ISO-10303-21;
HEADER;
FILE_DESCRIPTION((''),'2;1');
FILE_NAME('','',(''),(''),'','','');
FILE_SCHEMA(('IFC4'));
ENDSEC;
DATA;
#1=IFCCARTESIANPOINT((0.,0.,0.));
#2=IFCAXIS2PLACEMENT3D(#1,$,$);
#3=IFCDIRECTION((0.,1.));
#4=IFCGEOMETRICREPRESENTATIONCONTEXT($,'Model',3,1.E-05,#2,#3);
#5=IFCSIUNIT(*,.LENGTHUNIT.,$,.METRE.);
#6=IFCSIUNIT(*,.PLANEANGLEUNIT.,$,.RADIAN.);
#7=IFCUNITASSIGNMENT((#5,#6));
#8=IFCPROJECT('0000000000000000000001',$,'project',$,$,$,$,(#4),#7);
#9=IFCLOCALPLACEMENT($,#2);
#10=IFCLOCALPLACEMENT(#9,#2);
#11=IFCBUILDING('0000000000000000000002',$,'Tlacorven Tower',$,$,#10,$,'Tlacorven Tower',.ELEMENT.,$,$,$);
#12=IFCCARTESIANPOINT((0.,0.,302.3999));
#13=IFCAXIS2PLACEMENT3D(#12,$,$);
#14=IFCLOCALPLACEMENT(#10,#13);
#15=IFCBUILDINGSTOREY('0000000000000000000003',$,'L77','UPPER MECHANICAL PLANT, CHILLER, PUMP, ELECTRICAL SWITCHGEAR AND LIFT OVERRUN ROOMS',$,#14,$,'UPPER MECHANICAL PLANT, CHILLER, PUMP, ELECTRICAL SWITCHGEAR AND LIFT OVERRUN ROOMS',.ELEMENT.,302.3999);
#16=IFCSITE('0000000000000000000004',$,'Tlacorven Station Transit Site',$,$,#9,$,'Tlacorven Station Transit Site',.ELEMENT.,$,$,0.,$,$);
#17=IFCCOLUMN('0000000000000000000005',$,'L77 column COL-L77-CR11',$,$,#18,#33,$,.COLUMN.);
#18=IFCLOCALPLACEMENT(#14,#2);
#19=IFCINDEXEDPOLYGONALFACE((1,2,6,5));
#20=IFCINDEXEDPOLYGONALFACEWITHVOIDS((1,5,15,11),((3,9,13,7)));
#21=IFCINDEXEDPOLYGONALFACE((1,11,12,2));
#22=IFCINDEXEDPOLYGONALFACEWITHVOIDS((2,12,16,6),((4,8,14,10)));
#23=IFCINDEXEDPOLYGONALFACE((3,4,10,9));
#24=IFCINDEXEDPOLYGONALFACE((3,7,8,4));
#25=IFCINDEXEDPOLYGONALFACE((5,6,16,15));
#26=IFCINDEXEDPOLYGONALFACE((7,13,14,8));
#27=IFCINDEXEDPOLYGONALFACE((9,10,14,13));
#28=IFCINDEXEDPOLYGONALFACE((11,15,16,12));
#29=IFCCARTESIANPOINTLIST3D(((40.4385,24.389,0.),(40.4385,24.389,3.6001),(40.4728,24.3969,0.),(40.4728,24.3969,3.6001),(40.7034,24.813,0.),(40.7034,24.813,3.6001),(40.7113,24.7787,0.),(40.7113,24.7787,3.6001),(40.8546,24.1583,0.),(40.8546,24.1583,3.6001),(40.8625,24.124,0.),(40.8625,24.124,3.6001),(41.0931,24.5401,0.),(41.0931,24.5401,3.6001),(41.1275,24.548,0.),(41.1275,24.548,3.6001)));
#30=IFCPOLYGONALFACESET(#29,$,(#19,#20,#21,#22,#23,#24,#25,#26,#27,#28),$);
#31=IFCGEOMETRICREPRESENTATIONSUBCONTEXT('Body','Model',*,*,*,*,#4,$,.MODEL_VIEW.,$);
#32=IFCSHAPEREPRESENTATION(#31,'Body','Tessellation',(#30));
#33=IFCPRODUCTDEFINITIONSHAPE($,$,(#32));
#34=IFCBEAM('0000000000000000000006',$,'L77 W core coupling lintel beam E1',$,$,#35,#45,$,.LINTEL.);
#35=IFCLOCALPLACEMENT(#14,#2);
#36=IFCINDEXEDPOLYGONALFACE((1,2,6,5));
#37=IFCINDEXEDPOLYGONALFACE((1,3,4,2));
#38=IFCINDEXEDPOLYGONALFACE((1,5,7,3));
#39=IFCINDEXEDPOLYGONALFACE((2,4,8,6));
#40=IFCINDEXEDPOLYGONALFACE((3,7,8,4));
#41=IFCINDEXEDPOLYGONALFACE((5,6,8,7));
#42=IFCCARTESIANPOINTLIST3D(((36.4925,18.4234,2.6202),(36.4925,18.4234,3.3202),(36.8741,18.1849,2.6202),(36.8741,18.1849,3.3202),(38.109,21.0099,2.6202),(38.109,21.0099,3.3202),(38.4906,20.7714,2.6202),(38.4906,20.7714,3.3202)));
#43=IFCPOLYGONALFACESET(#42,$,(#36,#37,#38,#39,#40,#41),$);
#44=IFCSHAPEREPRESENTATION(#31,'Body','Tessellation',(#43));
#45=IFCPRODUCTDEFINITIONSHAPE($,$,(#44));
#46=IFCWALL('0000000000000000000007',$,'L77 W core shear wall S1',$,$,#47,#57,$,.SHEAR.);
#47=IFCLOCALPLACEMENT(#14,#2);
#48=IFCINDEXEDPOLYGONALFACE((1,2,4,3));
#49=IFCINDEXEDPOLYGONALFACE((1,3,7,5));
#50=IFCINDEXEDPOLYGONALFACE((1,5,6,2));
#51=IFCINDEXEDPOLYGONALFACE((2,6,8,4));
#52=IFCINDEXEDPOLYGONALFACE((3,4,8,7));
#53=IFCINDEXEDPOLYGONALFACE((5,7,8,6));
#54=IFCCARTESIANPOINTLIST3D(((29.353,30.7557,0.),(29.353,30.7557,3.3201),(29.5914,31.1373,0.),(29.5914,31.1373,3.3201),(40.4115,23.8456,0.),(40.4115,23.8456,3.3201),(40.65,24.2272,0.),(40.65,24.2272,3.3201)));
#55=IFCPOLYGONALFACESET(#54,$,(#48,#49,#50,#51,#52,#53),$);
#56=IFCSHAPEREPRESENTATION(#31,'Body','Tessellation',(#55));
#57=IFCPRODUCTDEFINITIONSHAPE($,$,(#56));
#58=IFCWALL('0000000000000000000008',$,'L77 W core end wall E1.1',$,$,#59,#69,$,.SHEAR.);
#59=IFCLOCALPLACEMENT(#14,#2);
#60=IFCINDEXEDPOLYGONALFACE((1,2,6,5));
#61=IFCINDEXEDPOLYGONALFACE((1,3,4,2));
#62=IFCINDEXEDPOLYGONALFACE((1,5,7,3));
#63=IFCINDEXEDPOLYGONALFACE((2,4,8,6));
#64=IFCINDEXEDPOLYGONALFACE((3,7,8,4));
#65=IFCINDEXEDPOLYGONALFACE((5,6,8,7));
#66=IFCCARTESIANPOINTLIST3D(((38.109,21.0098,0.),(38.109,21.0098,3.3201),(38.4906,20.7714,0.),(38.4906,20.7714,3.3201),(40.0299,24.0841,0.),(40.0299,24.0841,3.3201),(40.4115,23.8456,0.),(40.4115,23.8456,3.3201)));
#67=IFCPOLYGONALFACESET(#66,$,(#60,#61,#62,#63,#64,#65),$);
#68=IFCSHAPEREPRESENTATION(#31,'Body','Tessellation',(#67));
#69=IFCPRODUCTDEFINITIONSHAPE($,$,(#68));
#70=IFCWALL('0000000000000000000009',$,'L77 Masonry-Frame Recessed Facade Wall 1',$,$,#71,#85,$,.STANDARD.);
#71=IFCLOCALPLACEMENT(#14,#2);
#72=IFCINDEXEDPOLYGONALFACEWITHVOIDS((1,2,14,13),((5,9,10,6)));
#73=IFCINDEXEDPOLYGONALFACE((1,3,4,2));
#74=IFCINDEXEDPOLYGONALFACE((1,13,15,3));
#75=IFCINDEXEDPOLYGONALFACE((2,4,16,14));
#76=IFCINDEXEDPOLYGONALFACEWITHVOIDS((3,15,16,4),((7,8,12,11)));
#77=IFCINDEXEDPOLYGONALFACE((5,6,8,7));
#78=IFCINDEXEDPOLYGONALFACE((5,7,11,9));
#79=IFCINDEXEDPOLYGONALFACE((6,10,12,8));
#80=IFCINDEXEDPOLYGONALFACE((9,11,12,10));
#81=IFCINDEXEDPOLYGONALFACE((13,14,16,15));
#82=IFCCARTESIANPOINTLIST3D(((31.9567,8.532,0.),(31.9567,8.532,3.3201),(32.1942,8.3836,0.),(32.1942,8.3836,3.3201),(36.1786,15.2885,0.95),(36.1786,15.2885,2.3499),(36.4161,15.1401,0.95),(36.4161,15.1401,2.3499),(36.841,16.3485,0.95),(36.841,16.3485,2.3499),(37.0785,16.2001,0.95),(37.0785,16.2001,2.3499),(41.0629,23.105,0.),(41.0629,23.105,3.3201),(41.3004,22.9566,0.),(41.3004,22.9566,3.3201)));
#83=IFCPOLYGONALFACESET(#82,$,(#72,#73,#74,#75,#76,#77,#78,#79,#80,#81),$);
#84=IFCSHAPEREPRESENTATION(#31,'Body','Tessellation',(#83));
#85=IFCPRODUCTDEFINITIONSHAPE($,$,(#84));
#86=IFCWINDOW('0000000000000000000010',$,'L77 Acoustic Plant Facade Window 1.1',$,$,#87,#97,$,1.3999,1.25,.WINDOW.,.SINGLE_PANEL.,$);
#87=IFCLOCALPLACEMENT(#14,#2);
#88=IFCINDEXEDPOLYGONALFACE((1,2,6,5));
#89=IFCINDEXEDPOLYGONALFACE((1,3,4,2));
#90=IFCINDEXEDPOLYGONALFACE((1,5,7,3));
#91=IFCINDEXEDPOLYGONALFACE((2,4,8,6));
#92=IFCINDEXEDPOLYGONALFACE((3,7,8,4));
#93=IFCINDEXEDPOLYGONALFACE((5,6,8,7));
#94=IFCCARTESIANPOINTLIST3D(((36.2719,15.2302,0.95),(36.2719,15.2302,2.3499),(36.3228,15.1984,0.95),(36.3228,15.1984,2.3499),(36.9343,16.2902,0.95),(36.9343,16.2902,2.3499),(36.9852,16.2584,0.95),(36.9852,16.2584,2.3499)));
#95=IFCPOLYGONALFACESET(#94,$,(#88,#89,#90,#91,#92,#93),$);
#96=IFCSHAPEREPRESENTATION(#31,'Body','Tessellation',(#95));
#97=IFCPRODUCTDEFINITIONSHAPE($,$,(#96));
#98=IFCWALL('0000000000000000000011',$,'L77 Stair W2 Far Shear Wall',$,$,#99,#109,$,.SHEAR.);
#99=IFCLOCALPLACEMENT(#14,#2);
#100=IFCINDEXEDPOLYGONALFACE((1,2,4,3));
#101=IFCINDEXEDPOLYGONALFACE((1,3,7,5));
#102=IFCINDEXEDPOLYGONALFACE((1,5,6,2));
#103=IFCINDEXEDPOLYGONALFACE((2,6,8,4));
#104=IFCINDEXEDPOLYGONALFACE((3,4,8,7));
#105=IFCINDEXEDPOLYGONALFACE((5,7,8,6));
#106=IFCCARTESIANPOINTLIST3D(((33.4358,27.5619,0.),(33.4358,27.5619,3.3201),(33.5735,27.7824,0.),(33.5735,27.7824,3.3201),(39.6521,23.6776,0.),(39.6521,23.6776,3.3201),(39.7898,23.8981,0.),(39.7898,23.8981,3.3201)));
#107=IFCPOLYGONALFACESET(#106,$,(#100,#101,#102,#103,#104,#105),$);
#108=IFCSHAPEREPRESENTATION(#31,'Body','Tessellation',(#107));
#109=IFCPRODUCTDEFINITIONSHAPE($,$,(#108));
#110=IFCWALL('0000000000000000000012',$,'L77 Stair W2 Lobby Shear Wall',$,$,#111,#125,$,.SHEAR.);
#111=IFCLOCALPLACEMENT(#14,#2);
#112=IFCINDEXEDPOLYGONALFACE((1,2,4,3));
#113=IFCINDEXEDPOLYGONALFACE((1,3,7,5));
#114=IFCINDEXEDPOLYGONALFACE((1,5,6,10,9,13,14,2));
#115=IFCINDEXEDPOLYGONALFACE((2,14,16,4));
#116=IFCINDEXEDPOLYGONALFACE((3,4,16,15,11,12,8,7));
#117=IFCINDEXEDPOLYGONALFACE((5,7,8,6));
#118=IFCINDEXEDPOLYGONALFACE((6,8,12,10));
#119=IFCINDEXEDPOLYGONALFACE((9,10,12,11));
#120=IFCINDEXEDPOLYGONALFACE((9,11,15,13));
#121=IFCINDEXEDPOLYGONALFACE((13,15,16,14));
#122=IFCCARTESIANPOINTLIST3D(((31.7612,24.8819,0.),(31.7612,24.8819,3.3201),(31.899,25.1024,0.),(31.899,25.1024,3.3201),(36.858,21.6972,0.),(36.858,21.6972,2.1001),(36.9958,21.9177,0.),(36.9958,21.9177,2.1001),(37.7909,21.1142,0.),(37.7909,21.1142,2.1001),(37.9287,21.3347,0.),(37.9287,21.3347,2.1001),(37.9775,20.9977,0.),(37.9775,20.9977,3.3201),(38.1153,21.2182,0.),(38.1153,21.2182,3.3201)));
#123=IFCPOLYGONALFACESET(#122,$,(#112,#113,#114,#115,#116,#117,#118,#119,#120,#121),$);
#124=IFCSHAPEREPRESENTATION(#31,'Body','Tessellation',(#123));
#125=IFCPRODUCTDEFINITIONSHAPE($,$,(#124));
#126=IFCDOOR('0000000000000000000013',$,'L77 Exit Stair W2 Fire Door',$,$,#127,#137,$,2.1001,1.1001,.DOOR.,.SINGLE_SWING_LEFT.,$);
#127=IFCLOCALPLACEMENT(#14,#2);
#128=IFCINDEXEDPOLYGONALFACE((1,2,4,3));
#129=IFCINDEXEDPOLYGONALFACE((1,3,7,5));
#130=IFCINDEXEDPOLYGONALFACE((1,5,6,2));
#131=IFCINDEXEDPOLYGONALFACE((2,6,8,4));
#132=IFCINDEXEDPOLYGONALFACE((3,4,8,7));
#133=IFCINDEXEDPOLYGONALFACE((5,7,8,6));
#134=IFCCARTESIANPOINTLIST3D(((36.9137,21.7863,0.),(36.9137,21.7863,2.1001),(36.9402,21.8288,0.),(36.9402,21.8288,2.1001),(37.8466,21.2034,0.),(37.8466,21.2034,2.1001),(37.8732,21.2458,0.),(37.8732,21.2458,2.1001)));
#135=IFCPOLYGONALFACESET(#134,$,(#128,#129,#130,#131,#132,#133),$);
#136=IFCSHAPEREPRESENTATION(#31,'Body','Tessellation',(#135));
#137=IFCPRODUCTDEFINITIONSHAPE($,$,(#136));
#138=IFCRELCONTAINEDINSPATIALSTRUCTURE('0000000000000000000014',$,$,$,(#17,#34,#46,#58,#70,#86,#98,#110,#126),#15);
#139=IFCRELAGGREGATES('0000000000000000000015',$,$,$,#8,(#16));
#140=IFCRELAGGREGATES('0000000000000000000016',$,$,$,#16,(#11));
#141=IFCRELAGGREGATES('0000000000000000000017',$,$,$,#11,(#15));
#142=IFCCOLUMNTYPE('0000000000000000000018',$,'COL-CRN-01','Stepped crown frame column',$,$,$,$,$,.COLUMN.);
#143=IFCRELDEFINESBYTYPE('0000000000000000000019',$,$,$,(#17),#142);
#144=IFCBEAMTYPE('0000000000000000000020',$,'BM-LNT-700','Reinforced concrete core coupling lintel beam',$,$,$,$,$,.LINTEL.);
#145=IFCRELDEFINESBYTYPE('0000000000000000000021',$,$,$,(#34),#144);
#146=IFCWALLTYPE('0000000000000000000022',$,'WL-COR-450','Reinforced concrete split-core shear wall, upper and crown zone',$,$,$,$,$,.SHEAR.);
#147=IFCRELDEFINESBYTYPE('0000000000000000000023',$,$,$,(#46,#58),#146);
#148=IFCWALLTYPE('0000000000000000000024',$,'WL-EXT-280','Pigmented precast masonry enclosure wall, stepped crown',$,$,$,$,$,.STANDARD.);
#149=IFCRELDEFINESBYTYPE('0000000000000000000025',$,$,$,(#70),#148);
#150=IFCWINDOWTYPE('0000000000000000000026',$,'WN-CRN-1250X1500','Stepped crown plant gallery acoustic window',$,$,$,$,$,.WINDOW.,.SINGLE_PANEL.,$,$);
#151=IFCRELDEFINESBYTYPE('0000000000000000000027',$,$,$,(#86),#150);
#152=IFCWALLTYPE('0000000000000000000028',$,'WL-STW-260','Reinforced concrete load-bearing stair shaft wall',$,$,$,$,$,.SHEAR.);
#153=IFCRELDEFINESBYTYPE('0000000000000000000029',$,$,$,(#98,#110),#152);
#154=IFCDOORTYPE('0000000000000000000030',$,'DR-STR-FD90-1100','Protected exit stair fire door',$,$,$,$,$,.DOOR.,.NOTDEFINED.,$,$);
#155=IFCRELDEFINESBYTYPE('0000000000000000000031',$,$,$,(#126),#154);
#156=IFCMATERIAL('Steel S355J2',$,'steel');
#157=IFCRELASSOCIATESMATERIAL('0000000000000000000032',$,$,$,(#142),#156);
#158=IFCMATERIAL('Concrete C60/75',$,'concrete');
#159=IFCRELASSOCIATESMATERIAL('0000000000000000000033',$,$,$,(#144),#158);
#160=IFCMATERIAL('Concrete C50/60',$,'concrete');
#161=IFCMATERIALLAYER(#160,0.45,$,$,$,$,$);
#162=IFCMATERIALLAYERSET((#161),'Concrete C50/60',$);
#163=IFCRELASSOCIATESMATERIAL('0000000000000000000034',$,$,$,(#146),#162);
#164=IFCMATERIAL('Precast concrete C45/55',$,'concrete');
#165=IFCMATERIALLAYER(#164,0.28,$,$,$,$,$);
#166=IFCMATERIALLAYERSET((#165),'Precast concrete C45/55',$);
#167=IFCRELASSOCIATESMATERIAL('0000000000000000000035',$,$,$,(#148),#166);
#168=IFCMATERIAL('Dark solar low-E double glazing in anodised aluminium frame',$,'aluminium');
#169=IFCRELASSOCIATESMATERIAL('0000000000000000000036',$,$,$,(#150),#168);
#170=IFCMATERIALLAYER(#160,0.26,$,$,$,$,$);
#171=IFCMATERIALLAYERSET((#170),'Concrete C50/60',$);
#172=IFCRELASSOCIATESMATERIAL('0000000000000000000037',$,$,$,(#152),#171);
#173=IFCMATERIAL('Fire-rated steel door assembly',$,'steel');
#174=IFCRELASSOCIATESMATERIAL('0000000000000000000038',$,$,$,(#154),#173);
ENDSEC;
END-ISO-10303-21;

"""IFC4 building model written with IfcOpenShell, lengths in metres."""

from ifc_helpers import new_model, si_unit, direction, frame, frame_2d, origin, origin_2d, place, context, subcontext, project, spatial, rectangle, hollow_rectangle, extrude, source, transform, mapped, material, layer, layer_set, material_profile, profile_set, type_object, element, fill, save


model = new_model("IFC4")

# Units and contexts
model_context = context("Model", 3, precision=1e-05, world=origin(), true_north=direction((0.0, 1.0)))
body_context = subcontext(model_context, "Body", "Model", "MODEL_VIEW")
ifc_project = project(units=[si_unit("LENGTHUNIT", "METRE"), si_unit("PLANEANGLEUNIT", "RADIAN")], contexts=[model_context])

# Site, building, storey
site_placement = place(None, origin())
site = spatial("IfcSite", under=ifc_project, at=site_placement, Name="Tlacorven Station Transit Site", LongName="Tlacorven Station Transit Site", CompositionType="ELEMENT", RefElevation=0.0)
building_placement = place(site_placement, origin())
building = spatial("IfcBuilding", under=site, at=building_placement, Name="Tlacorven Tower", LongName="Tlacorven Tower", CompositionType="ELEMENT")
storey_placement = place(building_placement, frame((0.0, 0.0, 302.3999)))
storey = spatial("IfcBuildingStorey", under=building, at=storey_placement, Name="L77", Description="UPPER MECHANICAL PLANT, CHILLER, PUMP, ELECTRICAL SWITCHGEAR AND LIFT OVERRUN ROOMS", LongName="UPPER MECHANICAL PLANT, CHILLER, PUMP, ELECTRICAL SWITCHGEAR AND LIFT OVERRUN ROOMS", CompositionType="ELEMENT", Elevation=302.3999)

# Column
ifc_material_1 = material(Name="Steel S355J2", Category="steel")
ifc_material_profile_1 = material_profile(ifc_material_1, hollow_rectangle(XDim=0.5, YDim=0.5, WallThickness=0.0249, at=origin_2d()), Name="BOX 500X500X25")
ifc_profile_set_1 = profile_set([ifc_material_profile_1], Name="Steel S355J2")
column_type = type_object("IfcColumnType", Name="COL-CRN-01", Description="Stepped crown frame column", PredefinedType="COLUMN", material=ifc_profile_set_1)
shared_shape_1 = source(origin(), body_context, "Body", "SweptSolid", [
    extrude(hollow_rectangle(XDim=0.5, YDim=0.5, WallThickness=0.0249, at=origin_2d()), origin(), (0.0, 0.0, 1.0), 3.6001),
])
column_placement = place(storey_placement, frame((40.783, 24.4685, 0.0), z_axis=(0.0, 0.0, 1.0), x_axis=(-0.848048, 0.529919, 0.0)))
element("IfcColumn", 1, at=column_placement, inside=storey, type_object=column_type, Name="L77 column COL-L77-CR11", PredefinedType="COLUMN", context=body_context, shape_type="MappedRepresentation", body=[
    mapped(shared_shape_1, transform((0.0, 0.0, 0.0), scale=1.0)),
])

# Beam
ifc_material_2 = material(Name="Concrete C60/75", Category="concrete")
ifc_material_profile_2 = material_profile(ifc_material_2, rectangle(XDim=0.45, YDim=0.7, at=origin_2d()), Name="RC 450X700")
ifc_profile_set_2 = profile_set([ifc_material_profile_2], Name="Concrete C60/75")
beam_type = type_object("IfcBeamType", Name="BM-LNT-700", Description="Reinforced concrete core coupling lintel beam", PredefinedType="LINTEL", material=ifc_profile_set_2)
shared_shape_2 = source(origin(), body_context, "Body", "SweptSolid", [
    extrude(rectangle(XDim=0.45, YDim=0.7, at=origin_2d()), origin(), (0.0, 0.0, 1.0), 3.05),
])
beam_placement = place(storey_placement, frame((38.2998, 20.8906, 2.9702), z_axis=(-0.529985, -0.848007, 0.0), x_axis=(0.848007, -0.529985, 0.0)))
element("IfcBeam", 2, at=beam_placement, inside=storey, type_object=beam_type, Name="L77 W core coupling lintel beam E1", PredefinedType="LINTEL", context=body_context, shape_type="MappedRepresentation", body=[
    mapped(shared_shape_2, transform((0.0, 0.0, 0.0), scale=1.0)),
])

# Walls
ifc_material_3 = material(Name="Concrete C50/60", Category="concrete")
ifc_layer_1 = layer(ifc_material_3, 0.45)
ifc_layer_set_1 = layer_set([ifc_layer_1], Name="Concrete C50/60")
wall_type_1 = type_object("IfcWallType", Name="WL-COR-450", Description="Reinforced concrete split-core shear wall, upper and crown zone", PredefinedType="SHEAR", material=ifc_layer_set_1)
wall_1_placement = place(storey_placement, frame((40.5308, 24.0364, 0.0), z_axis=(0.0, 0.0, 1.0), x_axis=(-0.848049, 0.529918, 0.0)))
element("IfcWall", 3, at=wall_1_placement, inside=storey, type_object=wall_type_1, Name="L77 W core shear wall S1", PredefinedType="SHEAR", context=body_context, shape_type="SweptSolid", body=[
    extrude(rectangle(XDim=13.04, YDim=0.45, at=frame_2d((6.52, 0.0))), origin(), (0.0, 0.0, 1.0), 3.3201),
])
wall_2_placement = place(storey_placement, frame((40.2207, 23.9648, 0.0), z_axis=(0.0, 0.0, 1.0), x_axis=(-0.529902, -0.848059, 0.0)))
element("IfcWall", 4, at=wall_2_placement, inside=storey, type_object=wall_type_1, Name="L77 W core end wall E1.1", PredefinedType="SHEAR", context=body_context, shape_type="SweptSolid", body=[
    extrude(rectangle(XDim=3.625, YDim=0.45, at=frame_2d((1.8125, 0.0))), origin(), (0.0, 0.0, 1.0), 3.3201),
])

# Wall, opening, window
ifc_material_4 = material(Name="Precast concrete C45/55", Category="concrete")
ifc_layer_2 = layer(ifc_material_4, 0.28)
ifc_layer_set_2 = layer_set([ifc_layer_2], Name="Precast concrete C45/55")
wall_type_2 = type_object("IfcWallType", Name="WL-EXT-280", Description="Pigmented precast masonry enclosure wall, stepped crown", PredefinedType="STANDARD", material=ifc_layer_set_2)
wall_3_placement = place(storey_placement, frame((41.1816, 23.0308, 0.0), z_axis=(0.0, 0.0, 1.0), x_axis=(-0.529918, -0.848049, 0.0)))
wall_3 = element("IfcWall", 5, at=wall_3_placement, inside=storey, type_object=wall_type_2, Name="L77 Masonry-Frame Recessed Facade Wall 1", PredefinedType="STANDARD", context=body_context, shape_type="SweptSolid", body=[
    extrude(rectangle(XDim=17.1841, YDim=0.28, at=frame_2d((8.592, 0.0))), origin(), (0.0, 0.0, 1.0), 3.3201),
])
opening_1_placement = place(wall_3_placement, frame((7.967, 0.0, 0.95)))
opening_1 = element("IfcOpeningElement", 6, at=opening_1_placement, cuts=wall_3, PredefinedType="OPENING", context=body_context, shape_type="SweptSolid", body=[
    extrude(rectangle(XDim=1.25, YDim=1.3999, at=frame_2d((0.625, 0.7))), frame((0.0, 0.1499, 0.0), z_axis=(0.0, -1.0, 0.0), x_axis=(1.0, 0.0, 0.0)), (0.0, 0.0, 1.0), 0.3),
])
ifc_material_5 = material(Name="Dark solar low-E double glazing in anodised aluminium frame", Category="aluminium")
window_type = type_object("IfcWindowType", Name="WN-CRN-1250X1500", Description="Stepped crown plant gallery acoustic window", PartitioningType="SINGLE_PANEL", PredefinedType="WINDOW", material=ifc_material_5)
shared_shape_3 = source(origin(), body_context, "Body", "SweptSolid", [
    extrude(rectangle(XDim=1.25, YDim=1.3999, at=frame_2d((0.625, 0.7))), frame((0.0, 0.03, 0.0), z_axis=(0.0, -1.0, 0.0), x_axis=(1.0, 0.0, 0.0)), (0.0, 0.0, 1.0), 0.0601),
])
window_placement = place(opening_1_placement, origin())
window = element("IfcWindow", 7, at=window_placement, inside=storey, type_object=window_type, Name="L77 Acoustic Plant Facade Window 1.1", OverallHeight=1.3999, OverallWidth=1.25, PartitioningType="SINGLE_PANEL", PredefinedType="WINDOW", context=body_context, shape_type="MappedRepresentation", body=[
    mapped(shared_shape_3, transform((0.0, 0.0, 0.0), scale=1.0)),
])
fill(opening_1, window)

# Wall
ifc_layer_3 = layer(ifc_material_3, 0.26)
ifc_layer_set_3 = layer_set([ifc_layer_3], Name="Concrete C50/60")
wall_type_3 = type_object("IfcWallType", Name="WL-STW-260", Description="Reinforced concrete load-bearing stair shaft wall", PredefinedType="SHEAR", material=ifc_layer_set_3)
wall_4_placement = place(storey_placement, frame((39.7209, 23.7878, 0.0), z_axis=(0.0, 0.0, 1.0), x_axis=(-0.848054, 0.529909, 0.0)))
element("IfcWall", 8, at=wall_4_placement, inside=storey, type_object=wall_type_3, Name="L77 Stair W2 Far Shear Wall", PredefinedType="SHEAR", context=body_context, shape_type="SweptSolid", body=[
    extrude(rectangle(XDim=7.3301, YDim=0.26, at=frame_2d((3.665, 0.0))), origin(), (0.0, 0.0, 1.0), 3.3201),
])

# Wall, opening, door
wall_5_placement = place(storey_placement, frame((38.0464, 21.1079, 0.0), z_axis=(0.0, 0.0, 1.0), x_axis=(-0.848054, 0.529909, 0.0)))
wall_5 = element("IfcWall", 9, at=wall_5_placement, inside=storey, type_object=wall_type_3, Name="L77 Stair W2 Lobby Shear Wall", PredefinedType="SHEAR", context=body_context, shape_type="SweptSolid", body=[
    extrude(rectangle(XDim=7.3301, YDim=0.26, at=frame_2d((3.665, 0.0))), origin(), (0.0, 0.0, 1.0), 3.3201),
])
opening_2_placement = place(wall_5_placement, frame((0.22, 0.0, 0.0)))
opening_2 = element("IfcOpeningElement", 10, at=opening_2_placement, cuts=wall_5, PredefinedType="OPENING", context=body_context, shape_type="SweptSolid", body=[
    extrude(rectangle(XDim=1.1001, YDim=2.1001, at=frame_2d((0.55, 1.05))), frame((0.0, 0.1401, 0.0), z_axis=(0.0, -1.0, 0.0), x_axis=(1.0, 0.0, 0.0)), (0.0, 0.0, 1.0), 0.28),
])
ifc_material_6 = material(Name="Fire-rated steel door assembly", Category="steel")
door_type = type_object("IfcDoorType", Name="DR-STR-FD90-1100", Description="Protected exit stair fire door", OperationType="NOTDEFINED", PredefinedType="DOOR", material=ifc_material_6)
shared_shape_4 = source(origin(), body_context, "Body", "SweptSolid", [
    extrude(rectangle(XDim=1.1001, YDim=2.1001, at=frame_2d((0.55, 1.05))), frame((0.0, 0.0249, 0.0), z_axis=(0.0, -1.0, 0.0), x_axis=(1.0, 0.0, 0.0)), (0.0, 0.0, 1.0), 0.05),
])
door_placement = place(opening_2_placement, origin())
door = element("IfcDoor", 11, at=door_placement, inside=storey, type_object=door_type, Name="L77 Exit Stair W2 Fire Door", OperationType="SINGLE_SWING_LEFT", OverallHeight=2.1001, OverallWidth=1.1001, PredefinedType="DOOR", context=body_context, shape_type="MappedRepresentation", body=[
    mapped(shared_shape_4, transform((0.0, 0.0, 0.0), scale=1.0)),
])
fill(opening_2, door)

save(model, "model.ifc")
